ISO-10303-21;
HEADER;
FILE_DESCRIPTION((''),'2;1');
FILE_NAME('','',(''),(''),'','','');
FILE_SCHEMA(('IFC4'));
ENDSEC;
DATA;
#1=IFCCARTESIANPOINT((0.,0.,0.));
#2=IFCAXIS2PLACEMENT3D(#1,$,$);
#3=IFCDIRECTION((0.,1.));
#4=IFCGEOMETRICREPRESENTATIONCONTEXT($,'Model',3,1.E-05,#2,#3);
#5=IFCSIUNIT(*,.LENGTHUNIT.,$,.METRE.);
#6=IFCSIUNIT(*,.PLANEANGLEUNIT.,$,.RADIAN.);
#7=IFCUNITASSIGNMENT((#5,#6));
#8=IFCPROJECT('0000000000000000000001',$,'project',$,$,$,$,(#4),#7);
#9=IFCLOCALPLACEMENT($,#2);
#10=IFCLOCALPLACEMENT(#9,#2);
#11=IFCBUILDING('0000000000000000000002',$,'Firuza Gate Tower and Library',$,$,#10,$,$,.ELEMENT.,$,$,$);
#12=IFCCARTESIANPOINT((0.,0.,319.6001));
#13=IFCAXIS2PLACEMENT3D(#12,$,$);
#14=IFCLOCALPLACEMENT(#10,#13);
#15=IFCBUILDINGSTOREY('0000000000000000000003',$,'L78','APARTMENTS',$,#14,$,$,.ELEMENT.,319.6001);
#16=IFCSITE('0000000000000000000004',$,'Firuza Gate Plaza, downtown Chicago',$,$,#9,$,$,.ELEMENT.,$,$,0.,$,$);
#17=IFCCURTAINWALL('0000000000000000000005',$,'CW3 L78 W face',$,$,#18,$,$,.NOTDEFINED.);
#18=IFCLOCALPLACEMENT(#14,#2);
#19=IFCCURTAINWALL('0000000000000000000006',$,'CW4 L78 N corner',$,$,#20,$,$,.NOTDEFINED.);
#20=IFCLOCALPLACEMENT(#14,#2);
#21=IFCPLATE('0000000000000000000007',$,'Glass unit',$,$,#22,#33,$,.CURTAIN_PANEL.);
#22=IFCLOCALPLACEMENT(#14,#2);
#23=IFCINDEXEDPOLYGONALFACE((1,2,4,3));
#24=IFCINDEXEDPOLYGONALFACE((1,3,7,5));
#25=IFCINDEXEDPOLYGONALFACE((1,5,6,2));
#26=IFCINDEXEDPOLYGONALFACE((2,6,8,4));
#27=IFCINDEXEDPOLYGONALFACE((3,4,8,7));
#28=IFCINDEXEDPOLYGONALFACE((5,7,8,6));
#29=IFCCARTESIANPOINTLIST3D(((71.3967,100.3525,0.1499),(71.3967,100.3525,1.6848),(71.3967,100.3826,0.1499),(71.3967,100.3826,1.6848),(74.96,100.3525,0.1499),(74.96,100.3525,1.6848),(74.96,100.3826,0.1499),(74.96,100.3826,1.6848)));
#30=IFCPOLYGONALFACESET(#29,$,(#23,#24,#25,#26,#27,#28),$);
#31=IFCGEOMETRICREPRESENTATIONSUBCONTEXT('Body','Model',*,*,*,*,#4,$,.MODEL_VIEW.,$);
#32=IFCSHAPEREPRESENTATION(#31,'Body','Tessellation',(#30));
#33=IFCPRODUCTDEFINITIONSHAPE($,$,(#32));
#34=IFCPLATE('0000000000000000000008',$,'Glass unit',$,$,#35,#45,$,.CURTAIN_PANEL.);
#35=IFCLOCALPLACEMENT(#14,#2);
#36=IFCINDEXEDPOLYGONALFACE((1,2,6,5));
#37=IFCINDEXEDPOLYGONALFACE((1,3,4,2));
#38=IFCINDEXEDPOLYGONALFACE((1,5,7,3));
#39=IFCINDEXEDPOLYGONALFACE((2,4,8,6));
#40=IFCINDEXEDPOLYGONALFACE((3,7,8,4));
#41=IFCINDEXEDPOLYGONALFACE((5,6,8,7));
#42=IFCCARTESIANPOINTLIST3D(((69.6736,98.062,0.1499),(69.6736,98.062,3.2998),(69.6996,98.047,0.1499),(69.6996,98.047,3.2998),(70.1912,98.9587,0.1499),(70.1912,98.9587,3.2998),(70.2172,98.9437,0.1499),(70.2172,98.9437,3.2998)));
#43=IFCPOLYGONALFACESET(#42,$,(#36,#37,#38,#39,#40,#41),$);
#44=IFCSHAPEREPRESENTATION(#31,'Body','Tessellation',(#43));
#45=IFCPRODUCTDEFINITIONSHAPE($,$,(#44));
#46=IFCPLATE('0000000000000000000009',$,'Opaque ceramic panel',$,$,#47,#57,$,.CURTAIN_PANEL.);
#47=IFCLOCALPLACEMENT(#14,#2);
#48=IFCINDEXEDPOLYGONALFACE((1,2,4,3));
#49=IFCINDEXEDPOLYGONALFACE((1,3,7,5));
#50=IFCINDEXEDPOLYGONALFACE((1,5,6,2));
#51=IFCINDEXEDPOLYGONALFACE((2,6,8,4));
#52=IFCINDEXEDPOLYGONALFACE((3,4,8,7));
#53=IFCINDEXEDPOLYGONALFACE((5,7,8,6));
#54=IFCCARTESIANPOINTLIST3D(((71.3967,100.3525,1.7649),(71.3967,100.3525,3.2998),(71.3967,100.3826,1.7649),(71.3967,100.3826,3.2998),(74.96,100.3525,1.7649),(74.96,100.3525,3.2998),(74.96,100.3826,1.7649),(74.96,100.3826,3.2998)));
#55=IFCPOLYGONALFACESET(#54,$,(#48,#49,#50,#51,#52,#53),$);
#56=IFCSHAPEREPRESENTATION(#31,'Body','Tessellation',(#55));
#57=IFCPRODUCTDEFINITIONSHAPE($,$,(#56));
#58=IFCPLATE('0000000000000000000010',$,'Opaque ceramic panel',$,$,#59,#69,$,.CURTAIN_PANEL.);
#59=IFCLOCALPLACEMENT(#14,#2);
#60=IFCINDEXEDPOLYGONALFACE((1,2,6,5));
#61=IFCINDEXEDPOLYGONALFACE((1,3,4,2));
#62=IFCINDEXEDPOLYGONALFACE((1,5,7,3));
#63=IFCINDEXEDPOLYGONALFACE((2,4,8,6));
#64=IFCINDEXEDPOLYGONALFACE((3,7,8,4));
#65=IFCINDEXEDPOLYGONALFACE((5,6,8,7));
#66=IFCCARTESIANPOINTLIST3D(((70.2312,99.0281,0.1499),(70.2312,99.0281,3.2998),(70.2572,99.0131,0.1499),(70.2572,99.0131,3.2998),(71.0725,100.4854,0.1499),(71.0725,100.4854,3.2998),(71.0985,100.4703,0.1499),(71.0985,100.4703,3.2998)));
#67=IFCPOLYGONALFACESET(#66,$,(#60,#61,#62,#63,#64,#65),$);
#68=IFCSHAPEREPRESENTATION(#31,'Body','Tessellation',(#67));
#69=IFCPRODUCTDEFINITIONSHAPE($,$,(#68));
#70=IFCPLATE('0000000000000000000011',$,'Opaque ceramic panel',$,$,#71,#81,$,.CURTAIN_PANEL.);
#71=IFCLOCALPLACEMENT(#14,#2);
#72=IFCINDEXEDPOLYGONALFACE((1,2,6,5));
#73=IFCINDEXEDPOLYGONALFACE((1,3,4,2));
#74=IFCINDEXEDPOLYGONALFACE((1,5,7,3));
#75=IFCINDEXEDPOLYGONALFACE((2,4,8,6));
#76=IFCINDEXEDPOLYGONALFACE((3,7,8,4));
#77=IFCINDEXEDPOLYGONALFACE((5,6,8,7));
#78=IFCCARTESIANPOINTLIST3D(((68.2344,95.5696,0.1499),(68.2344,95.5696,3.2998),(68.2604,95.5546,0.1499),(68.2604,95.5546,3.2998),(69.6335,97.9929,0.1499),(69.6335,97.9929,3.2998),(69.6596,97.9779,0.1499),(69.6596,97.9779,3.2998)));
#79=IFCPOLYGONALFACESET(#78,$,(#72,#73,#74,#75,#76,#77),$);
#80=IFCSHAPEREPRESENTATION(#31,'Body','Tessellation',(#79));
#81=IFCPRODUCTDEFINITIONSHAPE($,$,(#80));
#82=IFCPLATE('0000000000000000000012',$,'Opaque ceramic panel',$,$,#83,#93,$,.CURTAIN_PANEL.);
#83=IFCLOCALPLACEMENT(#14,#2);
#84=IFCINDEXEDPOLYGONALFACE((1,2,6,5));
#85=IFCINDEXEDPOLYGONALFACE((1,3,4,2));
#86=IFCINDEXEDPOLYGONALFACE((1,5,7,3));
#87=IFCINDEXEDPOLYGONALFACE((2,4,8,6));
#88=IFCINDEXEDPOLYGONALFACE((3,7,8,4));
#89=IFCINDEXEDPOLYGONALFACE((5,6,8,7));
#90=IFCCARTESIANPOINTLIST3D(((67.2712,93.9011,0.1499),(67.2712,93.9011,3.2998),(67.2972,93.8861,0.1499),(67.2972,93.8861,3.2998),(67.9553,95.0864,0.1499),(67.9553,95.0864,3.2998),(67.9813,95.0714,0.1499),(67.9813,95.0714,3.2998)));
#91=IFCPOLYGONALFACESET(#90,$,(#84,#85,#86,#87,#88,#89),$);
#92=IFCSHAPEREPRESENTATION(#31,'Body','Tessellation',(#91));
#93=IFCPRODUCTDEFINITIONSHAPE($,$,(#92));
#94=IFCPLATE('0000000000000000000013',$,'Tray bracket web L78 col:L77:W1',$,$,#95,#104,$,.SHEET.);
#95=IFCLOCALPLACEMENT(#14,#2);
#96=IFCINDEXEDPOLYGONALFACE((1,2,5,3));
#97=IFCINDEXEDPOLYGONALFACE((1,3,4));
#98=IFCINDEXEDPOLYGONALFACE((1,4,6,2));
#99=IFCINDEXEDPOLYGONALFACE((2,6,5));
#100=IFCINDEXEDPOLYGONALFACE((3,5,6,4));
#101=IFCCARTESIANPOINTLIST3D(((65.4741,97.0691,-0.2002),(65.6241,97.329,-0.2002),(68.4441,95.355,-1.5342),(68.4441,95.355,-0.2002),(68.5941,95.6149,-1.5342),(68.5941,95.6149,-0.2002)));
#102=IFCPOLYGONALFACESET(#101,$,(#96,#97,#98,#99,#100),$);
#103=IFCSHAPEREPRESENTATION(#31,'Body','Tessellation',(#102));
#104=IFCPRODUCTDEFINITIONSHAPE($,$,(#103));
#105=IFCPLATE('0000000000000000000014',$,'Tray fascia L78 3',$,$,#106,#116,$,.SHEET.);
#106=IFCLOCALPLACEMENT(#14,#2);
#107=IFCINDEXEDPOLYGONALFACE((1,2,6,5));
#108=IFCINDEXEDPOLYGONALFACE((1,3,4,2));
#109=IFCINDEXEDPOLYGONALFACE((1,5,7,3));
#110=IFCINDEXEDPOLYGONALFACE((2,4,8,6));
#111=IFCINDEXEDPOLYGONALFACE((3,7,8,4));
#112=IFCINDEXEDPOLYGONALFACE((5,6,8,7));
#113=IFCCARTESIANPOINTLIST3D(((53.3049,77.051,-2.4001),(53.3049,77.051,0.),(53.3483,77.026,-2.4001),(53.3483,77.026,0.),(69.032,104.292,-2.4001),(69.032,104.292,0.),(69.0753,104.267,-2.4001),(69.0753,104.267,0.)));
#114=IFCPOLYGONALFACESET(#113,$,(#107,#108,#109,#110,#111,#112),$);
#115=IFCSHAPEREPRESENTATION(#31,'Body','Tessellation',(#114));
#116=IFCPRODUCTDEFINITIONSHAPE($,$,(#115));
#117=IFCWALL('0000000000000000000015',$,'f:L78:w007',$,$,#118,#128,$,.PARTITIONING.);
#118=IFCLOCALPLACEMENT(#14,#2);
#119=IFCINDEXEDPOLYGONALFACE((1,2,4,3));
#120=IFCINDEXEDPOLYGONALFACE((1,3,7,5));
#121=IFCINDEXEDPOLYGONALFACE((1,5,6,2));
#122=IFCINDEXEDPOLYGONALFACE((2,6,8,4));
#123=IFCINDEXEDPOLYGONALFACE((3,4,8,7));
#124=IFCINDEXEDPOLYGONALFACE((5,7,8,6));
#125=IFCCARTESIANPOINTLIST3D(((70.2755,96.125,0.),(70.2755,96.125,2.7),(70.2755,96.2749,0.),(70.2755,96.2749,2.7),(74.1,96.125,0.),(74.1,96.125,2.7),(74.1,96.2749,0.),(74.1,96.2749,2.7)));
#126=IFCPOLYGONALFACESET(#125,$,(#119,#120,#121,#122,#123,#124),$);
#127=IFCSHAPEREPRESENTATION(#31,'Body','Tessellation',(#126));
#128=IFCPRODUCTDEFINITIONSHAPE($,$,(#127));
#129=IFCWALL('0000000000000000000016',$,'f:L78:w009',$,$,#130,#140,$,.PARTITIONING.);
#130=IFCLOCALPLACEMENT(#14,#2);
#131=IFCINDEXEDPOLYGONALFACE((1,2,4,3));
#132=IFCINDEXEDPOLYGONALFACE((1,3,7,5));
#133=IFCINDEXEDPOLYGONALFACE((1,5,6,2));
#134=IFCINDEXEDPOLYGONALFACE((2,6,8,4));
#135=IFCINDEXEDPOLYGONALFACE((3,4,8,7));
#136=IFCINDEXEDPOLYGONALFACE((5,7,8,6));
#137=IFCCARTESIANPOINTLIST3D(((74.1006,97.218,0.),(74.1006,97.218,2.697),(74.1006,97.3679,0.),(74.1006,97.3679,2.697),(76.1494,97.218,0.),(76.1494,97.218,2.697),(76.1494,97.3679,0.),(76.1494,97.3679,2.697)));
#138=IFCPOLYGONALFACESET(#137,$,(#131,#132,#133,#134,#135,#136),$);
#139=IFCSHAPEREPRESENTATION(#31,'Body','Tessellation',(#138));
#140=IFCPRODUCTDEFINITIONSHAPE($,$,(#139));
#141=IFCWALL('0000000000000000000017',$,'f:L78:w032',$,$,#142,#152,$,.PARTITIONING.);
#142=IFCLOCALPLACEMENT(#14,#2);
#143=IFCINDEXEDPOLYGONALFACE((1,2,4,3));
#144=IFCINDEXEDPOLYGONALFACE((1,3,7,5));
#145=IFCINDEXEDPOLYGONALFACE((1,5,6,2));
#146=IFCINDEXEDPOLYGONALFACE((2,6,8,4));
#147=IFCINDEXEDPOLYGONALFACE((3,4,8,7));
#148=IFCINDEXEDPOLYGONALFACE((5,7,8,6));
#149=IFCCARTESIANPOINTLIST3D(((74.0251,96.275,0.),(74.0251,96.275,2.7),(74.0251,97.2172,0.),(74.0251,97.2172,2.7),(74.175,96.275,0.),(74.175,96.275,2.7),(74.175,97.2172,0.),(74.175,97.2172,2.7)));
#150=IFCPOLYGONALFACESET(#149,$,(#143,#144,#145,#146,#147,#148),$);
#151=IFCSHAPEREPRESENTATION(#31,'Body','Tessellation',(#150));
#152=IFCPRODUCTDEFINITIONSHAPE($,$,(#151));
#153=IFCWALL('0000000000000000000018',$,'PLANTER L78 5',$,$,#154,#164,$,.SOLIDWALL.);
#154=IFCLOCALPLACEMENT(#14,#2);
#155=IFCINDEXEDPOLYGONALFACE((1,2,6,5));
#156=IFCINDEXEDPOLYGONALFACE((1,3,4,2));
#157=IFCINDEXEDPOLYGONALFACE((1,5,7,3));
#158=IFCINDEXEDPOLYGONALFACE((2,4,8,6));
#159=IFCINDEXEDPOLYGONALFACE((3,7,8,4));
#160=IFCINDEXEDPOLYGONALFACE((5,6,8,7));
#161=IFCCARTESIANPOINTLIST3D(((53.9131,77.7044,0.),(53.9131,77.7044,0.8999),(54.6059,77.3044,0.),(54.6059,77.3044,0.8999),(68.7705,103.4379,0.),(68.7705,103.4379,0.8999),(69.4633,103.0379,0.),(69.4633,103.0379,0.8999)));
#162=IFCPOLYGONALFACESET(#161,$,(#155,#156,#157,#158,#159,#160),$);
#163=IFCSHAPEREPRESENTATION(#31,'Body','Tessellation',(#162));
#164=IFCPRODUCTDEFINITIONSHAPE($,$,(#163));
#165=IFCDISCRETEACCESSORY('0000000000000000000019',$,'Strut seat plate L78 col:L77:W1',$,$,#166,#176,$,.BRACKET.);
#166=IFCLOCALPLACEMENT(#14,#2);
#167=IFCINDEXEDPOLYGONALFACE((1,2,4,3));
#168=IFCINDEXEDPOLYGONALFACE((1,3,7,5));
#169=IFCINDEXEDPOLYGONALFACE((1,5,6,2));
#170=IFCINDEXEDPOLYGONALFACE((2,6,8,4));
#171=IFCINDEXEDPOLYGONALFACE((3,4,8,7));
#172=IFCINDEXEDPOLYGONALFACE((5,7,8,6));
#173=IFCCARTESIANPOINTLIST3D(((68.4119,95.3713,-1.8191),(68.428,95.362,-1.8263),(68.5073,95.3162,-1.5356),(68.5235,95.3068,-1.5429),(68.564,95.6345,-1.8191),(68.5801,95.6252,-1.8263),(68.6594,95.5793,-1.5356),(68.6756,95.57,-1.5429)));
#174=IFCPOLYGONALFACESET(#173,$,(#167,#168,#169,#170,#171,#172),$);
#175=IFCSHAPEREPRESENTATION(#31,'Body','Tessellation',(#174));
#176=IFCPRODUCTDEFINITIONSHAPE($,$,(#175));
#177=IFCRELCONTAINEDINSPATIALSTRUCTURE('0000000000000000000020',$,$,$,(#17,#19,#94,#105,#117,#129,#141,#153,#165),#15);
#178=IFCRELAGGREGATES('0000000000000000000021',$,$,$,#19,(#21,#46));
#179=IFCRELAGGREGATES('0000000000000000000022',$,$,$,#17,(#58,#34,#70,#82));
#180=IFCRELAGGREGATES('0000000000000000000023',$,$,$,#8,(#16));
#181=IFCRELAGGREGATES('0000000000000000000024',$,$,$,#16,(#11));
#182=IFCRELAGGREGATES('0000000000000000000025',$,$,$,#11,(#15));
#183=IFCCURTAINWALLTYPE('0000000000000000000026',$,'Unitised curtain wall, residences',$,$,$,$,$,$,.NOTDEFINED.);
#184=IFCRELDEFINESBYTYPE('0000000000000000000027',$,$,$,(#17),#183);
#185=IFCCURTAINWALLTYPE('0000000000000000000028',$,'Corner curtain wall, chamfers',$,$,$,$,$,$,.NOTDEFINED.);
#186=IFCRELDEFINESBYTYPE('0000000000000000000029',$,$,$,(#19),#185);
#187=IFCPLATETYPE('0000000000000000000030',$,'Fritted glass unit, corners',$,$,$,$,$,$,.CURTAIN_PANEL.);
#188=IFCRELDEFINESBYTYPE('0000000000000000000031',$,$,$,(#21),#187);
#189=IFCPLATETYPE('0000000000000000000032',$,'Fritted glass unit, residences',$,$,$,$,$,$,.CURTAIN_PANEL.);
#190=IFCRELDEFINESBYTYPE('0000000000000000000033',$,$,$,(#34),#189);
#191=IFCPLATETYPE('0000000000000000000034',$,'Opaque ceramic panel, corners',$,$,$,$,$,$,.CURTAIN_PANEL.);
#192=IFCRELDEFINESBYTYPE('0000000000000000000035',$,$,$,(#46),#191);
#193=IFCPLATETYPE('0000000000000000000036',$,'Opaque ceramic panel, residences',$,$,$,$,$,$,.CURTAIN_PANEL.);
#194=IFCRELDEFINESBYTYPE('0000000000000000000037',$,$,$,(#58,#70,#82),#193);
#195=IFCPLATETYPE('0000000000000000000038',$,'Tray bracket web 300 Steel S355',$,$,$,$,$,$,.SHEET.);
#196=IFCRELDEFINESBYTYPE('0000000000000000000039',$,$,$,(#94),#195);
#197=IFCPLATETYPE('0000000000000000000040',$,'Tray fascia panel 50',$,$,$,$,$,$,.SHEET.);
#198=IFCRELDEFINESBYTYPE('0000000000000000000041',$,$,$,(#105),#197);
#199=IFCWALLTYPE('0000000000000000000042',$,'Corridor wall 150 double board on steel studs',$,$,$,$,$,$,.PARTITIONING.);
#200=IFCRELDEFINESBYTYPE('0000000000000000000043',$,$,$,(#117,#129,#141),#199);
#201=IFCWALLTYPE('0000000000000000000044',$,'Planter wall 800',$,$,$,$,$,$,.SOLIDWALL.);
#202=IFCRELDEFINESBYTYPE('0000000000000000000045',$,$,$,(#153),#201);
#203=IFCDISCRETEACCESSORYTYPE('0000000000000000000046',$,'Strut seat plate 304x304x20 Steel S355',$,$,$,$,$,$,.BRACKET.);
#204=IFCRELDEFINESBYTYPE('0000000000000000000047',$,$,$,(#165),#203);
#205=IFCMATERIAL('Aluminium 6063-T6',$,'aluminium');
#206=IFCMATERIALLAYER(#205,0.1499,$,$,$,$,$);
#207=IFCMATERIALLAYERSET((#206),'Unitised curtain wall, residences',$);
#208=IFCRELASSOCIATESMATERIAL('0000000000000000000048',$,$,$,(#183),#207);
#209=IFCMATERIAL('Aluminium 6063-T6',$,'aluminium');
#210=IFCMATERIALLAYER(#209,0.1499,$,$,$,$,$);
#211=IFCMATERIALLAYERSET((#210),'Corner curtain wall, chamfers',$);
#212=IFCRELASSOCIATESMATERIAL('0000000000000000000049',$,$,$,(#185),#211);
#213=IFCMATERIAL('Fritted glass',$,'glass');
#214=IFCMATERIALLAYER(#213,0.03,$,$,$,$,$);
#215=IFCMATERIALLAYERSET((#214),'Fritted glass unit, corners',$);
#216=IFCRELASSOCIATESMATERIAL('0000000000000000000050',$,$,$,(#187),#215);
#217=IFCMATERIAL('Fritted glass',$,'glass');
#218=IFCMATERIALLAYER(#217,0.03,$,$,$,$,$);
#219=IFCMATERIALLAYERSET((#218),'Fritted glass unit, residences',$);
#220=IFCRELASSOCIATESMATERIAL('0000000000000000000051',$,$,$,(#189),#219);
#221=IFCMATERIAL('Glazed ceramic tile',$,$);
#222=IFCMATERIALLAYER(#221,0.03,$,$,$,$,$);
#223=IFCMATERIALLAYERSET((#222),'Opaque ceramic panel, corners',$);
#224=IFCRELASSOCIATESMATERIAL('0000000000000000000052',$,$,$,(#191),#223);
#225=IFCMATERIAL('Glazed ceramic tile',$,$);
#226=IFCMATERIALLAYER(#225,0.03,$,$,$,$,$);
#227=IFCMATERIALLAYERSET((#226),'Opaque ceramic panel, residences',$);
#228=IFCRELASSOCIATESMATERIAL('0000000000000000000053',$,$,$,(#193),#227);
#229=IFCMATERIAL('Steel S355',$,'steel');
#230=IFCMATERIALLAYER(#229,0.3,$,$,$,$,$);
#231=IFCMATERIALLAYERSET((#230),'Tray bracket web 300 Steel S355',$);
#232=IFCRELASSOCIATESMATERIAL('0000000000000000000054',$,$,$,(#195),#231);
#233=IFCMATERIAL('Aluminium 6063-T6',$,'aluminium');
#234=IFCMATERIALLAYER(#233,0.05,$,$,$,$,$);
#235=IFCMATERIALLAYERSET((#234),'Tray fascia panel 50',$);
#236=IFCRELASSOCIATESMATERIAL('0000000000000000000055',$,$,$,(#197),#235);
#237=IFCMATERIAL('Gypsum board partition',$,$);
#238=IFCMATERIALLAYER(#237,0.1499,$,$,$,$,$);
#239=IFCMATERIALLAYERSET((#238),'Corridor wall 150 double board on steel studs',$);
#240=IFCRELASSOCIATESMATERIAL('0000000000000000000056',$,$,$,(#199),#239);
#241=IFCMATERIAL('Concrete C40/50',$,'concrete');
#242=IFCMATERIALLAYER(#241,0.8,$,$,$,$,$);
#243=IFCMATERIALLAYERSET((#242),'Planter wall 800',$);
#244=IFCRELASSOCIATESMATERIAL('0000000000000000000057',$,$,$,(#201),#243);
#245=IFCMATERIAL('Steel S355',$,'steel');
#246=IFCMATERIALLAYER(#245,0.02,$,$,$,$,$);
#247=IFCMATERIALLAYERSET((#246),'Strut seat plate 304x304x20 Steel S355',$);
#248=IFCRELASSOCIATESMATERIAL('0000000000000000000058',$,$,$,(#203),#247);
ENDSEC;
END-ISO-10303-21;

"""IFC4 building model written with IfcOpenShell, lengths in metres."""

from ifc_helpers import new_model, si_unit, direction, frame, frame_2d, origin, place, context, subcontext, project, spatial, polyline, rectangle, outline, extrude, material, layer, layer_set, type_object, element, aggregate, save


model = new_model("IFC4")

# Units and contexts
model_context = context("Model", 3, precision=1e-05, world=origin(), true_north=direction((0.0, 1.0)))
body_context = subcontext(model_context, "Body", "Model", "MODEL_VIEW")
ifc_project = project(units=[si_unit("LENGTHUNIT", "METRE"), si_unit("PLANEANGLEUNIT", "RADIAN")], contexts=[model_context])

# Site, building, storey
site_placement = place(None, origin())
site = spatial("IfcSite", under=ifc_project, at=site_placement, Name="Firuza Gate Plaza, downtown Chicago", CompositionType="ELEMENT", RefElevation=0.0)
building_placement = place(site_placement, origin())
building = spatial("IfcBuilding", under=site, at=building_placement, Name="Firuza Gate Tower and Library", CompositionType="ELEMENT")
storey_placement = place(building_placement, frame((0.0, 0.0, 319.6001)))
storey = spatial("IfcBuildingStorey", under=building, at=storey_placement, Name="L78", Description="APARTMENTS", CompositionType="ELEMENT", Elevation=319.6001)

# Curtain wall
ifc_material_1 = material(Name="Aluminium 6063-T6", Category="aluminium")
ifc_layer_1 = layer(ifc_material_1, 0.1499)
ifc_layer_set_1 = layer_set([ifc_layer_1], Name="Unitised curtain wall, residences")
curtain_wall_type_1 = type_object("IfcCurtainWallType", Name="Unitised curtain wall, residences", PredefinedType="NOTDEFINED", material=ifc_layer_set_1)
placement = place(storey_placement, origin())
curtain_wall_1 = element("IfcCurtainWall", 1, at=placement, inside=storey, type_object=curtain_wall_type_1, Name="CW3 L78 W face", PredefinedType="NOTDEFINED")

# Curtain wall
ifc_material_2 = material(Name="Aluminium 6063-T6", Category="aluminium")
ifc_layer_2 = layer(ifc_material_2, 0.1499)
ifc_layer_set_2 = layer_set([ifc_layer_2], Name="Corner curtain wall, chamfers")
curtain_wall_type_2 = type_object("IfcCurtainWallType", Name="Corner curtain wall, chamfers", PredefinedType="NOTDEFINED", material=ifc_layer_set_2)
curtain_wall_2 = element("IfcCurtainWall", 2, at=placement, inside=storey, type_object=curtain_wall_type_2, Name="CW4 L78 N corner", PredefinedType="NOTDEFINED")

# Plates
ifc_material_3 = material(Name="Fritted glass", Category="glass")
ifc_layer_3 = layer(ifc_material_3, 0.03)
ifc_layer_set_3 = layer_set([ifc_layer_3], Name="Fritted glass unit, corners")
plate_type_1 = type_object("IfcPlateType", Name="Fritted glass unit, corners", PredefinedType="CURTAIN_PANEL", material=ifc_layer_set_3)
plate_1_placement = place(storey_placement, frame((74.96, 100.3826, 0.1499), z_axis=(0.0, 1.0, 0.0), x_axis=(-1.0, 0.0, 0.0)))
plate_1 = element("IfcPlate", 3, at=plate_1_placement, type_object=plate_type_1, Name="Glass unit", PredefinedType="CURTAIN_PANEL", context=body_context, shape_type="SweptSolid", body=[
    extrude(outline(polyline([(0.0, 0.0), (3.5632, 0.0), (3.5632, 1.5349), (0.0, 1.5349), (0.0, 0.0)])), origin(), (0.0, 0.0, -1.0), 0.03),
])
ifc_material_4 = material(Name="Fritted glass", Category="glass")
ifc_layer_4 = layer(ifc_material_4, 0.03)
ifc_layer_set_4 = layer_set([ifc_layer_4], Name="Fritted glass unit, residences")
plate_type_2 = type_object("IfcPlateType", Name="Fritted glass unit, residences", PredefinedType="CURTAIN_PANEL", material=ifc_layer_set_4)
plate_2_placement = place(storey_placement, frame((70.1912, 98.9587, 0.1499), z_axis=(-0.866087, 0.499893, 0.0), x_axis=(-0.499893, -0.866087, 0.0)))
plate_2 = element("IfcPlate", 4, at=plate_2_placement, type_object=plate_type_2, Name="Glass unit", PredefinedType="CURTAIN_PANEL", context=body_context, shape_type="SweptSolid", body=[
    extrude(outline(polyline([(0.0, 0.0), (1.0354, 0.0), (1.0354, 3.1499), (0.0, 3.1499), (0.0, 0.0)])), origin(), (0.0, 0.0, -1.0), 0.03),
])
ifc_material_5 = material(Name="Glazed ceramic tile")
ifc_layer_5 = layer(ifc_material_5, 0.03)
ifc_layer_set_5 = layer_set([ifc_layer_5], Name="Opaque ceramic panel, corners")
plate_type_3 = type_object("IfcPlateType", Name="Opaque ceramic panel, corners", PredefinedType="CURTAIN_PANEL", material=ifc_layer_set_5)
plate_3_placement = place(storey_placement, frame((74.96, 100.3826, 1.7649), z_axis=(0.0, 1.0, 0.0), x_axis=(-1.0, 0.0, 0.0)))
plate_3 = element("IfcPlate", 5, at=plate_3_placement, type_object=plate_type_3, Name="Opaque ceramic panel", PredefinedType="CURTAIN_PANEL", context=body_context, shape_type="SweptSolid", body=[
    extrude(outline(polyline([(0.0, 0.0), (3.5632, 0.0), (3.5632, 1.5349), (0.0, 1.5349), (0.0, 0.0)])), origin(), (0.0, 0.0, -1.0), 0.03),
])
aggregate(curtain_wall_2, [plate_1, plate_3])
ifc_material_6 = material(Name="Glazed ceramic tile")
ifc_layer_6 = layer(ifc_material_6, 0.03)
ifc_layer_set_6 = layer_set([ifc_layer_6], Name="Opaque ceramic panel, residences")
plate_type_4 = type_object("IfcPlateType", Name="Opaque ceramic panel, residences", PredefinedType="CURTAIN_PANEL", material=ifc_layer_set_6)
plate_4_placement = place(storey_placement, frame((71.0725, 100.4854, 0.1499), z_axis=(-0.866038, 0.499978, 0.0), x_axis=(-0.499978, -0.866038, 0.0)))
plate_4 = element("IfcPlate", 6, at=plate_4_placement, type_object=plate_type_4, Name="Opaque ceramic panel", PredefinedType="CURTAIN_PANEL", context=body_context, shape_type="SweptSolid", body=[
    extrude(outline(polyline([(0.0, 0.0), (1.6827, 0.0), (1.6827, 3.1499), (0.0, 3.1499), (0.0, 0.0)])), origin(), (0.0, 0.0, -1.0), 0.03),
])
plate_5_placement = place(storey_placement, frame((69.6335, 97.9929, 0.1499), z_axis=(-0.866017, 0.500014, 0.0), x_axis=(-0.500014, -0.866017, 0.0)))
plate_5 = element("IfcPlate", 7, at=plate_5_placement, type_object=plate_type_4, Name="Opaque ceramic panel", PredefinedType="CURTAIN_PANEL", context=body_context, shape_type="SweptSolid", body=[
    extrude(outline(polyline([(0.0, 0.0), (2.7983, 0.0), (2.7983, 3.1499), (0.0, 3.1499), (0.0, 0.0)])), origin(), (0.0, 0.0, -1.0), 0.03),
])
plate_6_placement = place(storey_placement, frame((67.9553, 95.0864, 0.1499), z_axis=(-0.866105, 0.499861, 0.0), x_axis=(-0.499861, -0.866105, 0.0)))
plate_6 = element("IfcPlate", 8, at=plate_6_placement, type_object=plate_type_4, Name="Opaque ceramic panel", PredefinedType="CURTAIN_PANEL", context=body_context, shape_type="SweptSolid", body=[
    extrude(outline(polyline([(0.0, 0.0), (1.3685, 0.0), (1.3685, 3.1499), (0.0, 3.1499), (0.0, 0.0)])), origin(), (0.0, 0.0, -1.0), 0.03),
])
aggregate(curtain_wall_1, [plate_4, plate_2, plate_5, plate_6])

# Plates
ifc_material_7 = material(Name="Steel S355", Category="steel")
ifc_layer_7 = layer(ifc_material_7, 0.3)
ifc_layer_set_7 = layer_set([ifc_layer_7], Name="Tray bracket web 300 Steel S355")
plate_type_5 = type_object("IfcPlateType", Name="Tray bracket web 300 Steel S355", PredefinedType="SHEET", material=ifc_layer_set_7)
plate_7_placement = place(storey_placement, frame((68.4441, 95.355, -0.2002), z_axis=(-0.499868, -0.866101, 0.0), x_axis=(-0.866101, 0.499868, 0.0)))
element("IfcPlate", 9, at=plate_7_placement, inside=storey, type_object=plate_type_5, Name="Tray bracket web L78 col:L77:W1", PredefinedType="SHEET", context=body_context, shape_type="SweptSolid", body=[
    extrude(outline(polyline([(0.0, 0.0), (3.4291, 0.0), (0.0, 1.334), (0.0, 0.0)])), origin(), (0.0, 0.0, -1.0), 0.3),
])
ifc_material_8 = material(Name="Aluminium 6063-T6", Category="aluminium")
ifc_layer_8 = layer(ifc_material_8, 0.05)
ifc_layer_set_8 = layer_set([ifc_layer_8], Name="Tray fascia panel 50")
plate_type_6 = type_object("IfcPlateType", Name="Tray fascia panel 50", PredefinedType="SHEET", material=ifc_layer_set_8)
plate_8_placement = place(storey_placement, frame((69.032, 104.292, -2.4001), z_axis=(-0.866033, 0.499987, 0.0), x_axis=(-0.499987, -0.866033, 0.0)))
element("IfcPlate", 10, at=plate_8_placement, inside=storey, type_object=plate_type_6, Name="Tray fascia L78 3", PredefinedType="SHEET", context=body_context, shape_type="SweptSolid", body=[
    extrude(outline(polyline([(0.0, 0.0), (31.4549, 0.0), (31.4549, 2.4001), (0.0, 2.4001), (0.0, 0.0)])), origin(), (0.0, 0.0, -1.0), 0.05),
])

# Walls
ifc_material_9 = material(Name="Gypsum board partition")
ifc_layer_9 = layer(ifc_material_9, 0.1499)
ifc_layer_set_9 = layer_set([ifc_layer_9], Name="Corridor wall 150 double board on steel studs")
wall_type_1 = type_object("IfcWallType", Name="Corridor wall 150 double board on steel studs", PredefinedType="PARTITIONING", material=ifc_layer_set_9)
wall_1_placement = place(storey_placement, frame((70.2756, 96.2, 0.0), z_axis=(0.0, 0.0, 1.0), x_axis=(1.0, 0.0, 0.0)))
element("IfcWall", 11, at=wall_1_placement, inside=storey, type_object=wall_type_1, Name="f:L78:w007", PredefinedType="PARTITIONING", context=body_context, shape_type="SweptSolid", body=[
    extrude(rectangle(XDim=3.8245, YDim=0.1499, at=frame_2d((1.9121, 0.0))), origin(), (0.0, 0.0, 1.0), 2.7),
])
wall_2_placement = place(storey_placement, frame((74.1006, 97.293, 0.0), z_axis=(0.0, 0.0, 1.0), x_axis=(1.0, 0.0, 0.0)))
element("IfcWall", 12, at=wall_2_placement, inside=storey, type_object=wall_type_1, Name="f:L78:w009", PredefinedType="PARTITIONING", context=body_context, shape_type="SweptSolid", body=[
    extrude(rectangle(XDim=2.0488, YDim=0.1499, at=frame_2d((1.0244, 0.0))), origin(), (0.0, 0.0, 1.0), 2.697),
])
wall_3_placement = place(storey_placement, frame((74.1001, 96.2749, 0.0), z_axis=(0.0, 0.0, 1.0), x_axis=(0.0, 1.0, 0.0)))
element("IfcWall", 13, at=wall_3_placement, inside=storey, type_object=wall_type_1, Name="f:L78:w032", PredefinedType="PARTITIONING", context=body_context, shape_type="SweptSolid", body=[
    extrude(rectangle(XDim=0.9421, YDim=0.1499, at=frame_2d((0.4712, 0.0))), origin(), (0.0, 0.0, 1.0), 2.7),
])
ifc_material_10 = material(Name="Concrete C40/50", Category="concrete")
ifc_layer_10 = layer(ifc_material_10, 0.8)
ifc_layer_set_10 = layer_set([ifc_layer_10], Name="Planter wall 800")
wall_type_2 = type_object("IfcWallType", Name="Planter wall 800", PredefinedType="SOLIDWALL", material=ifc_layer_set_10)
wall_4_placement = place(storey_placement, frame((69.1169, 103.238, 0.0), z_axis=(0.0, 0.0, 1.0), x_axis=(-0.500002, -0.866024, 0.0)))
element("IfcWall", 14, at=wall_4_placement, inside=storey, type_object=wall_type_2, Name="PLANTER L78 5", PredefinedType="SOLIDWALL", context=body_context, shape_type="SweptSolid", body=[
    extrude(rectangle(XDim=29.7146, YDim=0.8, at=frame_2d((14.8574, 0.0))), origin(), (0.0, 0.0, 1.0), 0.8999),
])

# Discrete accessory
ifc_material_11 = material(Name="Steel S355", Category="steel")
ifc_layer_11 = layer(ifc_material_11, 0.02)
ifc_layer_set_11 = layer_set([ifc_layer_11], Name="Strut seat plate 304x304x20 Steel S355")
discrete_accessory_type = type_object("IfcDiscreteAccessoryType", Name="Strut seat plate 304x304x20 Steel S355", PredefinedType="BRACKET", material=ifc_layer_set_11)
discrete_accessory_1_placement = place(storey_placement, frame((68.5073, 95.3162, -1.5356), z_axis=(-0.806913, 0.466333, 0.362527), x_axis=(0.500371, 0.865811, 0.0)))
element("IfcDiscreteAccessory", 15, at=discrete_accessory_1_placement, inside=storey, type_object=discrete_accessory_type, Name="Strut seat plate L78 col:L77:W1", PredefinedType="BRACKET", context=body_context, shape_type="SweptSolid", body=[
    extrude(outline(polyline([(0.0, 0.0), (0.304, 0.0), (0.304, 0.3041), (0.0, 0.3041), (0.0, 0.0)])), origin(), (0.0, 0.0, -1.0), 0.02),
])

save(model, "model.ifc")
